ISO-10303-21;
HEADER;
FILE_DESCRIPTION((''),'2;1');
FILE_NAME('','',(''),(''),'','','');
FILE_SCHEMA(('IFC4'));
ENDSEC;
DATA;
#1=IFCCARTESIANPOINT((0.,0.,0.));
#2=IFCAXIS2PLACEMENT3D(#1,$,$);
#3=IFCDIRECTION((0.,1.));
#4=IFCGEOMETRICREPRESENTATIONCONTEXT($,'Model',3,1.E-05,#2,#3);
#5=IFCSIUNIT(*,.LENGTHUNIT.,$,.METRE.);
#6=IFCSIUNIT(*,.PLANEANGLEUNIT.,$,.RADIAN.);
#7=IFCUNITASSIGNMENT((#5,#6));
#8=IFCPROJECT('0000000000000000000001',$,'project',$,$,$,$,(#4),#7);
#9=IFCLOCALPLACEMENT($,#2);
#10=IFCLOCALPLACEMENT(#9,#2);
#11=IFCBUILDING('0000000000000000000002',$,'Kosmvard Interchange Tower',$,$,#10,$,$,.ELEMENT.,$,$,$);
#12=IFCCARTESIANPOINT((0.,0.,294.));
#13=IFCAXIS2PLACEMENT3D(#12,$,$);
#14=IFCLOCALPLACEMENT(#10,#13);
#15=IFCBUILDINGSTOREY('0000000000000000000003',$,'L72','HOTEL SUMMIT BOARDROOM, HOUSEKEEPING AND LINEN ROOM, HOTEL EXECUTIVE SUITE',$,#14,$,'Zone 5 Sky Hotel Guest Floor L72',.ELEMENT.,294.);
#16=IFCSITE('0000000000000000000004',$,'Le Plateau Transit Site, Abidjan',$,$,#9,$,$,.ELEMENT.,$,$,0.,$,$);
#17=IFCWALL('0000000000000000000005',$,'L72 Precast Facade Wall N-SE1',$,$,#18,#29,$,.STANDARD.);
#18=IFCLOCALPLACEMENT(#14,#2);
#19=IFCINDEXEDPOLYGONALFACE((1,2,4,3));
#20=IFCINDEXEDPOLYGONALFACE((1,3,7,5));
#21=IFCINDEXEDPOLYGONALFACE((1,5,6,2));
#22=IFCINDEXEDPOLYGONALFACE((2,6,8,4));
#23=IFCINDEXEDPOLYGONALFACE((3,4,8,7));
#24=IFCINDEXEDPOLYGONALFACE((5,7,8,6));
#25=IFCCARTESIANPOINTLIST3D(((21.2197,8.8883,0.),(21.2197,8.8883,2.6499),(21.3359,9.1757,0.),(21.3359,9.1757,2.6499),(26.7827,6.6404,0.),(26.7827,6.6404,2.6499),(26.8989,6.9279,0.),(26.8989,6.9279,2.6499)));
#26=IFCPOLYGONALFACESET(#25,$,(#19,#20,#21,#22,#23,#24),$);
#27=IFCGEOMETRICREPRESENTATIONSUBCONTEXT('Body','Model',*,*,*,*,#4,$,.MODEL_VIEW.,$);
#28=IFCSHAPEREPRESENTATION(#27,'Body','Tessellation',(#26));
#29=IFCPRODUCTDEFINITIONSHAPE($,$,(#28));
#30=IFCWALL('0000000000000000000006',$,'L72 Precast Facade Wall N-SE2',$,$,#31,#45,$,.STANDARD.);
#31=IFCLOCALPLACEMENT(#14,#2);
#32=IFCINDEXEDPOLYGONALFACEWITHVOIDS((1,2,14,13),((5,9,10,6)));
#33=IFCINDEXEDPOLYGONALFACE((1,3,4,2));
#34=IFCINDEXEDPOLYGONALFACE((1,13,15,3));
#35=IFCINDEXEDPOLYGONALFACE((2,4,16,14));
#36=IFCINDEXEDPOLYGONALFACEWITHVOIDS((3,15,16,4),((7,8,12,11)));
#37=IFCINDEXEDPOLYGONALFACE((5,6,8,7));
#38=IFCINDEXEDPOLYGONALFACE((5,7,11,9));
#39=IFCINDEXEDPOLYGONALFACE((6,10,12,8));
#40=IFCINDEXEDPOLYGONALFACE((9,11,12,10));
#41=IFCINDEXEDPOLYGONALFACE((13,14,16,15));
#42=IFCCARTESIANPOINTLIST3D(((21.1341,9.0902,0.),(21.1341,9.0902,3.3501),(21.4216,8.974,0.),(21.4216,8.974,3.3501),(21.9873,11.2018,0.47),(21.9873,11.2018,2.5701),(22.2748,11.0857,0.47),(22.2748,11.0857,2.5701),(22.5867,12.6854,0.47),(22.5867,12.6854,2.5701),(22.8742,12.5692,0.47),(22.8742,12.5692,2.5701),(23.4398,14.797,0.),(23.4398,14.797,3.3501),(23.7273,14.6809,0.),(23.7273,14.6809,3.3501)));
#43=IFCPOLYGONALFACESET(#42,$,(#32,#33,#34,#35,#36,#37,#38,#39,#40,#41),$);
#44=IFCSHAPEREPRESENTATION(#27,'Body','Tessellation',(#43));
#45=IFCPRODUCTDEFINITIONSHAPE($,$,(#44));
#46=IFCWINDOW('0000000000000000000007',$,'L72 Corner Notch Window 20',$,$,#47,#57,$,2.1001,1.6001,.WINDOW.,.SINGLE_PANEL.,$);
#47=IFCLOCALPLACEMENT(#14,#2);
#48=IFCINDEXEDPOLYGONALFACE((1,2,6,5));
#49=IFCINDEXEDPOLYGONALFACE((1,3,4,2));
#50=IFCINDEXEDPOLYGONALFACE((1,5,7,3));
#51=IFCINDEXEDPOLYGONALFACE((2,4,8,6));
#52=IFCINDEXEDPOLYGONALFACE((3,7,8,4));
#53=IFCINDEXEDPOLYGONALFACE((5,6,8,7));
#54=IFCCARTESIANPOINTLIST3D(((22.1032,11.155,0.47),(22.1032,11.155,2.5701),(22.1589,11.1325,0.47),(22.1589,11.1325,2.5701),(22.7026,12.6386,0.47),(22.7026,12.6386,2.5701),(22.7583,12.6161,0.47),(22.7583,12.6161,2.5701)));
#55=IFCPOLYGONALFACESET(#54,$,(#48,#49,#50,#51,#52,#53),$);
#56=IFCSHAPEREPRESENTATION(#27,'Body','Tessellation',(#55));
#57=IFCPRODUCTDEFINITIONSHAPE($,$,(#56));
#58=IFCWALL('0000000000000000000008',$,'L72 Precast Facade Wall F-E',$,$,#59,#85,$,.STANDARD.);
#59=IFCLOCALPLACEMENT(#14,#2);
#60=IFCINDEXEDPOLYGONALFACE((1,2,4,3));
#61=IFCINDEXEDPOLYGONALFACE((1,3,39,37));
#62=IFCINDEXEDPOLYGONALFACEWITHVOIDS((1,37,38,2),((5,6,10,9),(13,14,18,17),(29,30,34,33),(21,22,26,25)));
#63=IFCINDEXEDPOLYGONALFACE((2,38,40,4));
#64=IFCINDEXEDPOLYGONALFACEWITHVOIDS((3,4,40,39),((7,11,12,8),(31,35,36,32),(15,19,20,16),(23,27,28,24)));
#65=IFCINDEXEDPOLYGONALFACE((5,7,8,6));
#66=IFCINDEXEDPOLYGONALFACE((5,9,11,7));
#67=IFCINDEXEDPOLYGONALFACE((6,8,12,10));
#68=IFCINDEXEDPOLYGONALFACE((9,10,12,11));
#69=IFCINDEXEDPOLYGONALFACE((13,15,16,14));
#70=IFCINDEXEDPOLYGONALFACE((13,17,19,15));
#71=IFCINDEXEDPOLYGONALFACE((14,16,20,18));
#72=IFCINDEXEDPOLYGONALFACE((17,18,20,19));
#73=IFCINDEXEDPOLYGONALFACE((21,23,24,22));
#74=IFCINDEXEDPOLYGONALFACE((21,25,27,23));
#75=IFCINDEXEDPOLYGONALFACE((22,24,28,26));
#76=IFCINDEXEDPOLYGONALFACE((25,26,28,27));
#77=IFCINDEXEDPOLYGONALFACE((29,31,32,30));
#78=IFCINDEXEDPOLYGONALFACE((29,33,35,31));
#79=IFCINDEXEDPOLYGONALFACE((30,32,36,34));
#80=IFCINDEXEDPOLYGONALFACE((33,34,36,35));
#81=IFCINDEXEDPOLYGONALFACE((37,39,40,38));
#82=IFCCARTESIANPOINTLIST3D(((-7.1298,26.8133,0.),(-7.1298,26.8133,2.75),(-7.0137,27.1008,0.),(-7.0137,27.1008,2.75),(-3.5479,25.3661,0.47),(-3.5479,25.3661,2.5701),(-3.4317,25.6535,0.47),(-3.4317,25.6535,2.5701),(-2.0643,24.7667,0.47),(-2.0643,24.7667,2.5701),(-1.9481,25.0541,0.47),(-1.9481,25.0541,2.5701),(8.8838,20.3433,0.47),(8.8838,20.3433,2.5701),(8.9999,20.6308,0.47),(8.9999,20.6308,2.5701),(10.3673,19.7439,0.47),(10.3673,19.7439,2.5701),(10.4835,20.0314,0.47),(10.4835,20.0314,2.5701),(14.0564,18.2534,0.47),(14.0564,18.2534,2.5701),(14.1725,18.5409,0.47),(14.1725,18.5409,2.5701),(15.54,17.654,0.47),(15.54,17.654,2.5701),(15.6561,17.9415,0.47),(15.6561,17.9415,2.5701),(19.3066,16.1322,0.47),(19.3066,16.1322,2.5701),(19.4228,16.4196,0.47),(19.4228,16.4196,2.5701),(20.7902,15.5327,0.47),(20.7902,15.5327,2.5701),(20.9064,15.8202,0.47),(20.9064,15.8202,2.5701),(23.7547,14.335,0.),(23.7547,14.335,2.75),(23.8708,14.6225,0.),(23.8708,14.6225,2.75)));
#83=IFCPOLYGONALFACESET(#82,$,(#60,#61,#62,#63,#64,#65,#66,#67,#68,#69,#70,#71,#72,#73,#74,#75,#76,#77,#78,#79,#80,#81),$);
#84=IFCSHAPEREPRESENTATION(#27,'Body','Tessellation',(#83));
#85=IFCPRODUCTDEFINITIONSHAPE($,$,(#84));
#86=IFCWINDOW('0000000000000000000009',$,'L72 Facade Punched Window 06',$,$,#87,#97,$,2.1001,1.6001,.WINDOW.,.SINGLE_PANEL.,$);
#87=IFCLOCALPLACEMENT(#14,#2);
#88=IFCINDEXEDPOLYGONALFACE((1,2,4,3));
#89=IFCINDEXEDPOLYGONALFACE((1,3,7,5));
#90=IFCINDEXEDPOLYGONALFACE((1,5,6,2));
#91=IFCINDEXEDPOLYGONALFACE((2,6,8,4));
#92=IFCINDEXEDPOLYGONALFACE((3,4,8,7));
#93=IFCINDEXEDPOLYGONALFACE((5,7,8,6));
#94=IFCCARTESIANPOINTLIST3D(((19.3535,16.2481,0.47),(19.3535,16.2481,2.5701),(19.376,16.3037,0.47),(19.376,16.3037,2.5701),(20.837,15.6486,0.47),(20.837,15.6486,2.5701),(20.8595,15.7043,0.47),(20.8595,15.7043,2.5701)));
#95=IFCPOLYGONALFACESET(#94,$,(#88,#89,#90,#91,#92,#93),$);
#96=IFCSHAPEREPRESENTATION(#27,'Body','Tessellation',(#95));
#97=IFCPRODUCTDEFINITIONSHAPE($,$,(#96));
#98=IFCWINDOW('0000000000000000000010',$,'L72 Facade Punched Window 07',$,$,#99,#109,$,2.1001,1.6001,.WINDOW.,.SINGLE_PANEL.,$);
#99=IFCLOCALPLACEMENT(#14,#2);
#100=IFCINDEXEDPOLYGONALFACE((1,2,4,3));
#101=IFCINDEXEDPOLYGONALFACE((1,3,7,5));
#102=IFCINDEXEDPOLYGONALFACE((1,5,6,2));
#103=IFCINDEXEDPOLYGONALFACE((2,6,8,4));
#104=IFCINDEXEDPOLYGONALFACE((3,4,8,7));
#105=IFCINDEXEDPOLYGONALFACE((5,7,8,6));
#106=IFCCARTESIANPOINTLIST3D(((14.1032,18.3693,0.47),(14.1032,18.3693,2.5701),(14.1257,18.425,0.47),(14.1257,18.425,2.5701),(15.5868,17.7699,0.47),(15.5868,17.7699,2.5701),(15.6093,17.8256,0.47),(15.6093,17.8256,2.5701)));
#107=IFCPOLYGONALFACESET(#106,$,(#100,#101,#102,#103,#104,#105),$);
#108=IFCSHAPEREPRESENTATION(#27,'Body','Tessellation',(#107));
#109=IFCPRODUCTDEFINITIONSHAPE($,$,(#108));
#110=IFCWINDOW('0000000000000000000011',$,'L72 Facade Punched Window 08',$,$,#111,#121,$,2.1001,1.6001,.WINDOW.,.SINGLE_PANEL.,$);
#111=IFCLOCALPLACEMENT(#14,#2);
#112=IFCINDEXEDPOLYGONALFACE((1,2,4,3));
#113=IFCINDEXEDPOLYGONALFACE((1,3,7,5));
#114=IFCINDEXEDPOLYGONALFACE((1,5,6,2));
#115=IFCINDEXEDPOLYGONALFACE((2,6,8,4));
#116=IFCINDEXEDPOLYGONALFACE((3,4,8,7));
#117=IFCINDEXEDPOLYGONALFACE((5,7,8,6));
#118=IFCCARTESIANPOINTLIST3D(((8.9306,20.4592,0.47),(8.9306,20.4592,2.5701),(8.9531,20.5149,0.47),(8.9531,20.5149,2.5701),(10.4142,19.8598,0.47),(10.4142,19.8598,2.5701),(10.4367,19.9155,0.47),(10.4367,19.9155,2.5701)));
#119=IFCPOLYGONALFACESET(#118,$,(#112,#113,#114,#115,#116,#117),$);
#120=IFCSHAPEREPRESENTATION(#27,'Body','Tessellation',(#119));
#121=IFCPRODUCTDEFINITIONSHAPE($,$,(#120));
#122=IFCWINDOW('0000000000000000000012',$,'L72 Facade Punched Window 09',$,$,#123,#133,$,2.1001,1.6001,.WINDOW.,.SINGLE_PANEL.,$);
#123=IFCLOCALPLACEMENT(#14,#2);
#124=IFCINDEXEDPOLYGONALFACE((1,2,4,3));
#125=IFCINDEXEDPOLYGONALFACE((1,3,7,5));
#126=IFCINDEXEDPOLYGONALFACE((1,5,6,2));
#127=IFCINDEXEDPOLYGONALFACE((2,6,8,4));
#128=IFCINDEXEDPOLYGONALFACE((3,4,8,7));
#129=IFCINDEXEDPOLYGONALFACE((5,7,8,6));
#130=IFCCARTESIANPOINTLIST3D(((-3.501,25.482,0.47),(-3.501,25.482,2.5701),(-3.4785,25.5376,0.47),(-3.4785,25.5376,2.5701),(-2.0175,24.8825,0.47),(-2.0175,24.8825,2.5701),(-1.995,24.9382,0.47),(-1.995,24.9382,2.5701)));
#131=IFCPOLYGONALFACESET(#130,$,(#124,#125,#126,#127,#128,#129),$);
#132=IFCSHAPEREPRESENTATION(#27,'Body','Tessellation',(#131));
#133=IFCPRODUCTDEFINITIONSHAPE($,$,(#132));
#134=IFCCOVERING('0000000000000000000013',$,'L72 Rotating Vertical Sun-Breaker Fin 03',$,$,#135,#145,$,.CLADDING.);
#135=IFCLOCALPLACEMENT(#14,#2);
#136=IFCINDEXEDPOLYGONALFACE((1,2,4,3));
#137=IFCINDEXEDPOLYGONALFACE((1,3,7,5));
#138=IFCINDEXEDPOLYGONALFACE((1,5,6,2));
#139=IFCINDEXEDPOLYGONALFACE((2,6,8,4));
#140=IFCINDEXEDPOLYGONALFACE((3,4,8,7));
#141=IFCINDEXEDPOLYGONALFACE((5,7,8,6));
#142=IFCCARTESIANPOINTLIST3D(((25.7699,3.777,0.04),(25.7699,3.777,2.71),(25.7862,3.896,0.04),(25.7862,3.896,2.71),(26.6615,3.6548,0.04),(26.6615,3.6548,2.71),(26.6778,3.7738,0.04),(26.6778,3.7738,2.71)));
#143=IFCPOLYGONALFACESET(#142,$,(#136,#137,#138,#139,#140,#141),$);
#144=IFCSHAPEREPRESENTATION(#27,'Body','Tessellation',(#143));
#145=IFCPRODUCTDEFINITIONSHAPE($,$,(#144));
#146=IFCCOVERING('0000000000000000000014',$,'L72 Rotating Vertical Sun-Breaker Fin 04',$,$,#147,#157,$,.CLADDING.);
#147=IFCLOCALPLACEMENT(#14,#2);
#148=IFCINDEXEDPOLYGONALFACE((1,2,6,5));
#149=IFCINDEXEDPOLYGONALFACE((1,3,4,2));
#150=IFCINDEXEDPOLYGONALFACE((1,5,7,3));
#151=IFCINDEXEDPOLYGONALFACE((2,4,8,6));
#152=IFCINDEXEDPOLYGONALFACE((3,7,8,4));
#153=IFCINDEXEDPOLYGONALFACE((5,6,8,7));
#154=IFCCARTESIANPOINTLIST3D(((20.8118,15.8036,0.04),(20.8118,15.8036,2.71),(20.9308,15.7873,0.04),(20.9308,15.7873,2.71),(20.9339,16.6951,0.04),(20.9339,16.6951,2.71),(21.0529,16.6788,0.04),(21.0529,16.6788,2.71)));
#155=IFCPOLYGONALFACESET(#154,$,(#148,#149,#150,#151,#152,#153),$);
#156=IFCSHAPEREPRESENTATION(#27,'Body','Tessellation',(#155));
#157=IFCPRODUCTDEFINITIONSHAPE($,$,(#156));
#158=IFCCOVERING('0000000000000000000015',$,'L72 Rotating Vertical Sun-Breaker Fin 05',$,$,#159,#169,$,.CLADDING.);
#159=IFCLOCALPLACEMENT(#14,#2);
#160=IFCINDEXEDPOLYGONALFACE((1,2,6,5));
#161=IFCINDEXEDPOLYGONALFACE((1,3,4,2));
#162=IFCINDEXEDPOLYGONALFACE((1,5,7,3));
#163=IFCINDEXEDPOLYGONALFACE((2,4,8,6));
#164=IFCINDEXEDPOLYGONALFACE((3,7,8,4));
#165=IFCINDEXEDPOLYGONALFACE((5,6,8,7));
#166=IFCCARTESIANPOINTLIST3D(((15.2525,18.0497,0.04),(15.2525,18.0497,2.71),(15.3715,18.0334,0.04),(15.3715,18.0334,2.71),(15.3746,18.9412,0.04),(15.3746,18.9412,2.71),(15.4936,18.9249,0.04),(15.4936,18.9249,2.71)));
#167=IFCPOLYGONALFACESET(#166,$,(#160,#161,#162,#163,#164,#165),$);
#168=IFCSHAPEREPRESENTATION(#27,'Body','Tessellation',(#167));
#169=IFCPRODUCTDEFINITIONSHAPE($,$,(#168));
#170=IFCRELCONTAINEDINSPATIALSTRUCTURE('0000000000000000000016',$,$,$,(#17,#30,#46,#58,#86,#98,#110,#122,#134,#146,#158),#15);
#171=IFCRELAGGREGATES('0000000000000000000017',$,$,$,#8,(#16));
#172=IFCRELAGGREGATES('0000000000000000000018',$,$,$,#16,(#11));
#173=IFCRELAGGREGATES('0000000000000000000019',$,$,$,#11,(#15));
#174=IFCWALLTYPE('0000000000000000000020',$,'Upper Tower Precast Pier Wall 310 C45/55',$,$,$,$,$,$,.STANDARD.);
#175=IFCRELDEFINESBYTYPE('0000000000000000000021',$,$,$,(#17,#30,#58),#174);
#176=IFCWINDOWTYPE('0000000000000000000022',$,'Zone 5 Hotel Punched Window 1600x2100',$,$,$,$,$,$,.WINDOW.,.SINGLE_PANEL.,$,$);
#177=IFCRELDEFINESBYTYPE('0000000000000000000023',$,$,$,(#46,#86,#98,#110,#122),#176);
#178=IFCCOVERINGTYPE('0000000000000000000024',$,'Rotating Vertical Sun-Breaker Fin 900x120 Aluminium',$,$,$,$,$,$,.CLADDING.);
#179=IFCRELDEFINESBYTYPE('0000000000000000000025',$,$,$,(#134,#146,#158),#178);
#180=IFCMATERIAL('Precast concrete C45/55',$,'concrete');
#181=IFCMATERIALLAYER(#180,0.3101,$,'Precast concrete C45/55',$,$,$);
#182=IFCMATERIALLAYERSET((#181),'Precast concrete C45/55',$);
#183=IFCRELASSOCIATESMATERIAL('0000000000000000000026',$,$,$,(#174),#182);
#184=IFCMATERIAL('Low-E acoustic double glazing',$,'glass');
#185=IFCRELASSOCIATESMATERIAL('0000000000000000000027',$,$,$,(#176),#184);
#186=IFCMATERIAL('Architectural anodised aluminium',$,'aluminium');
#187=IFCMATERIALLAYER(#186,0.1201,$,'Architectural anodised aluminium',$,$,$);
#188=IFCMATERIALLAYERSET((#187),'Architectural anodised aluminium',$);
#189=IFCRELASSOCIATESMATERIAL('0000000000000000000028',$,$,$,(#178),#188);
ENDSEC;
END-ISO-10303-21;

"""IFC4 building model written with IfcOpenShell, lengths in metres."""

from ifc_helpers import new_model, si_unit, direction, frame, frame_2d, origin, origin_2d, place, context, subcontext, project, spatial, rectangle, extrude, source, transform, mapped, material, layer, layer_set, type_object, element, fill, save


model = new_model("IFC4")

# Units and contexts
model_context = context("Model", 3, precision=1e-05, world=origin(), true_north=direction((0.0, 1.0)))
body_context = subcontext(model_context, "Body", "Model", "MODEL_VIEW")
ifc_project = project(units=[si_unit("LENGTHUNIT", "METRE"), si_unit("PLANEANGLEUNIT", "RADIAN")], contexts=[model_context])

# Site, building, storey
site_placement = place(None, origin())
site = spatial("IfcSite", under=ifc_project, at=site_placement, Name="Le Plateau Transit Site, Abidjan", CompositionType="ELEMENT", RefElevation=0.0)
building_placement = place(site_placement, origin())
building = spatial("IfcBuilding", under=site, at=building_placement, Name="Kosmvard Interchange Tower", CompositionType="ELEMENT")
storey_placement = place(building_placement, frame((0.0, 0.0, 294.0)))
storey = spatial("IfcBuildingStorey", under=building, at=storey_placement, Name="L72", Description="HOTEL SUMMIT BOARDROOM, HOUSEKEEPING AND LINEN ROOM, HOTEL EXECUTIVE SUITE", LongName="Zone 5 Sky Hotel Guest Floor L72", CompositionType="ELEMENT", Elevation=294.0)

# Shared definitions
ifc_material_1 = material(Name="Precast concrete C45/55", Category="concrete")

# Wall
ifc_layer_1 = layer(ifc_material_1, 0.3101, Name="Precast concrete C45/55")
ifc_layer_set_1 = layer_set([ifc_layer_1], Name="Precast concrete C45/55")
wall_type_1 = type_object("IfcWallType", Name="Upper Tower Precast Pier Wall 310 C45/55", PredefinedType="STANDARD", material=ifc_layer_set_1)
wall_1_placement = place(storey_placement, frame((26.8408, 6.7842, 0.0), z_axis=(0.0, 0.0, 1.0), x_axis=(-0.927172, 0.374637, 0.0)))
element("IfcWall", 1, at=wall_1_placement, inside=storey, type_object=wall_type_1, Name="L72 Precast Facade Wall N-SE1", PredefinedType="STANDARD", context=body_context, shape_type="SweptSolid", body=[
    extrude(rectangle(XDim=6.0, YDim=0.3101, at=frame_2d((3.0, 0.0))), origin(), (0.0, 0.0, 1.0), 2.6499),
])

# Wall, opening, window
wall_2_placement = place(storey_placement, frame((21.2778, 9.032, 0.0), z_axis=(0.0, 0.0, 1.0), x_axis=(0.374603, 0.927185, 0.0)))
wall_2 = element("IfcWall", 2, at=wall_2_placement, inside=storey, type_object=wall_type_1, Name="L72 Precast Facade Wall N-SE2", PredefinedType="STANDARD", context=body_context, shape_type="SweptSolid", body=[
    extrude(rectangle(XDim=6.155, YDim=0.3101, at=frame_2d((3.0776, 0.0))), origin(), (0.0, 0.0, 1.0), 3.3501),
])
opening_1_placement = place(wall_2_placement, frame((2.2776, 0.0, 0.47)))
opening_1 = element("IfcOpeningElement", 3, at=opening_1_placement, cuts=wall_2, PredefinedType="OPENING", context=body_context, shape_type="SweptSolid", body=[
    extrude(rectangle(XDim=1.6001, YDim=2.1001, at=frame_2d((0.8, 1.05))), frame((0.0, 0.165, 0.0), z_axis=(0.0, -1.0, 0.0), x_axis=(1.0, 0.0, 0.0)), (0.0, 0.0, 1.0), 0.3301),
])
ifc_material_2 = material(Name="Low-E acoustic double glazing", Category="glass")
window_type = type_object("IfcWindowType", Name="Zone 5 Hotel Punched Window 1600x2100", PartitioningType="SINGLE_PANEL", PredefinedType="WINDOW", material=ifc_material_2)
shared_shape_1 = source(origin(), body_context, "Body", "SweptSolid", [
    extrude(rectangle(XDim=1.6001, YDim=2.1001, at=frame_2d((0.8, 1.05))), frame((0.0, 0.03, 0.0), z_axis=(0.0, -1.0, 0.0), x_axis=(1.0, 0.0, 0.0)), (0.0, 0.0, 1.0), 0.0601),
])
window_1_placement = place(opening_1_placement, origin())
window_1 = element("IfcWindow", 4, at=window_1_placement, inside=storey, type_object=window_type, Name="L72 Corner Notch Window 20", OverallHeight=2.1001, OverallWidth=1.6001, PartitioningType="SINGLE_PANEL", PredefinedType="WINDOW", context=body_context, shape_type="MappedRepresentation", body=[
    mapped(shared_shape_1, transform((0.0, 0.0, 0.0), scale=1.0)),
])
fill(opening_1, window_1)

# Wall, openings, windows
wall_3_placement = place(storey_placement, frame((23.8127, 14.4788, 0.0), z_axis=(0.0, 0.0, 1.0), x_axis=(-0.927183, 0.37461, 0.0)))
wall_3 = element("IfcWall", 5, at=wall_3_placement, inside=storey, type_object=wall_type_1, Name="L72 Precast Facade Wall F-E", PredefinedType="STANDARD", context=body_context, shape_type="SweptSolid", body=[
    extrude(rectangle(XDim=33.3101, YDim=0.3101, at=frame_2d((16.655, 0.0))), origin(), (0.0, 0.0, 1.0), 2.75),
])
opening_2_placement = place(wall_3_placement, frame((3.1973, 0.0, 0.47)))
opening_2 = element("IfcOpeningElement", 6, at=opening_2_placement, cuts=wall_3, PredefinedType="OPENING", context=body_context, shape_type="SweptSolid", body=[
    extrude(rectangle(XDim=1.6001, YDim=2.1001, at=frame_2d((0.8, 1.05))), frame((0.0, 0.165, 0.0), z_axis=(0.0, -1.0, 0.0), x_axis=(1.0, 0.0, 0.0)), (0.0, 0.0, 1.0), 0.3301),
])
opening_3_placement = place(wall_3_placement, frame((8.8599, 0.0, 0.47)))
opening_3 = element("IfcOpeningElement", 7, at=opening_3_placement, cuts=wall_3, PredefinedType="OPENING", context=body_context, shape_type="SweptSolid", body=[
    extrude(rectangle(XDim=1.6001, YDim=2.1001, at=frame_2d((0.8, 1.05))), frame((0.0, 0.165, 0.0), z_axis=(0.0, -1.0, 0.0), x_axis=(1.0, 0.0, 0.0)), (0.0, 0.0, 1.0), 0.3301),
])
opening_4_placement = place(wall_3_placement, frame((14.4387, 0.0, 0.47)))
opening_4 = element("IfcOpeningElement", 8, at=opening_4_placement, cuts=wall_3, PredefinedType="OPENING", context=body_context, shape_type="SweptSolid", body=[
    extrude(rectangle(XDim=1.6001, YDim=2.1001, at=frame_2d((0.8, 1.05))), frame((0.0, 0.165, 0.0), z_axis=(0.0, -1.0, 0.0), x_axis=(1.0, 0.0, 0.0)), (0.0, 0.0, 1.0), 0.3301),
])
opening_5_placement = place(wall_3_placement, frame((27.8467, 0.0, 0.47)))
opening_5 = element("IfcOpeningElement", 9, at=opening_5_placement, cuts=wall_3, PredefinedType="OPENING", context=body_context, shape_type="SweptSolid", body=[
    extrude(rectangle(XDim=1.6001, YDim=2.1001, at=frame_2d((0.8, 1.05))), frame((0.0, 0.165, 0.0), z_axis=(0.0, -1.0, 0.0), x_axis=(1.0, 0.0, 0.0)), (0.0, 0.0, 1.0), 0.3301),
])
window_2_placement = place(opening_2_placement, origin())
window_2 = element("IfcWindow", 10, at=window_2_placement, inside=storey, type_object=window_type, Name="L72 Facade Punched Window 06", OverallHeight=2.1001, OverallWidth=1.6001, PartitioningType="SINGLE_PANEL", PredefinedType="WINDOW", context=body_context, shape_type="MappedRepresentation", body=[
    mapped(shared_shape_1, transform((0.0, 0.0, 0.0), scale=1.0)),
])
fill(opening_2, window_2)
window_3_placement = place(opening_3_placement, origin())
window_3 = element("IfcWindow", 11, at=window_3_placement, inside=storey, type_object=window_type, Name="L72 Facade Punched Window 07", OverallHeight=2.1001, OverallWidth=1.6001, PartitioningType="SINGLE_PANEL", PredefinedType="WINDOW", context=body_context, shape_type="MappedRepresentation", body=[
    mapped(shared_shape_1, transform((0.0, 0.0, 0.0), scale=1.0)),
])
fill(opening_3, window_3)
window_4_placement = place(opening_4_placement, origin())
window_4 = element("IfcWindow", 12, at=window_4_placement, inside=storey, type_object=window_type, Name="L72 Facade Punched Window 08", OverallHeight=2.1001, OverallWidth=1.6001, PartitioningType="SINGLE_PANEL", PredefinedType="WINDOW", context=body_context, shape_type="MappedRepresentation", body=[
    mapped(shared_shape_1, transform((0.0, 0.0, 0.0), scale=1.0)),
])
fill(opening_4, window_4)
window_5_placement = place(opening_5_placement, origin())
window_5 = element("IfcWindow", 13, at=window_5_placement, inside=storey, type_object=window_type, Name="L72 Facade Punched Window 09", OverallHeight=2.1001, OverallWidth=1.6001, PartitioningType="SINGLE_PANEL", PredefinedType="WINDOW", context=body_context, shape_type="MappedRepresentation", body=[
    mapped(shared_shape_1, transform((0.0, 0.0, 0.0), scale=1.0)),
])
fill(opening_5, window_5)

# Coverings
ifc_material_3 = material(Name="Architectural anodised aluminium", Category="aluminium")
ifc_layer_2 = layer(ifc_material_3, 0.1201, Name="Architectural anodised aluminium")
ifc_layer_set_2 = layer_set([ifc_layer_2], Name="Architectural anodised aluminium")
covering_type = type_object("IfcCoveringType", Name="Rotating Vertical Sun-Breaker Fin 900x120 Aluminium", PredefinedType="CLADDING", material=ifc_layer_set_2)
shared_shape_2 = source(origin(), body_context, "Body", "SweptSolid", [
    extrude(rectangle(XDim=0.8999, YDim=0.1201, at=origin_2d()), origin(), (0.0, 0.0, 1.0), 2.6699),
])
for number, where, z_axis, x_axis, name in (
    (14, (26.2239, 3.7754, 0.04), (0.0, 0.0, 1.0), (0.990748, -0.135716, 0.0), "L72 Rotating Vertical Sun-Breaker Fin 03"),
    (15, (20.9324, 16.2412, 0.04), (0.0, 0.0, 1.0), (0.135716, 0.990748, 0.0), "L72 Rotating Vertical Sun-Breaker Fin 04"),
    (16, (15.373, 18.4873, 0.04), (0.0, 0.0, 1.0), (0.135716, 0.990748, 0.0), "L72 Rotating Vertical Sun-Breaker Fin 05"),
):
    element("IfcCovering", number, at=place(storey_placement, frame(where, z_axis=z_axis, x_axis=x_axis)), inside=storey, type_object=covering_type, Name=name, PredefinedType="CLADDING", context=body_context, shape_type="MappedRepresentation", body=[
        mapped(shared_shape_2, transform((0.0, 0.0, 0.0), scale=1.0)),
    ])

save(model, "model.ifc")
